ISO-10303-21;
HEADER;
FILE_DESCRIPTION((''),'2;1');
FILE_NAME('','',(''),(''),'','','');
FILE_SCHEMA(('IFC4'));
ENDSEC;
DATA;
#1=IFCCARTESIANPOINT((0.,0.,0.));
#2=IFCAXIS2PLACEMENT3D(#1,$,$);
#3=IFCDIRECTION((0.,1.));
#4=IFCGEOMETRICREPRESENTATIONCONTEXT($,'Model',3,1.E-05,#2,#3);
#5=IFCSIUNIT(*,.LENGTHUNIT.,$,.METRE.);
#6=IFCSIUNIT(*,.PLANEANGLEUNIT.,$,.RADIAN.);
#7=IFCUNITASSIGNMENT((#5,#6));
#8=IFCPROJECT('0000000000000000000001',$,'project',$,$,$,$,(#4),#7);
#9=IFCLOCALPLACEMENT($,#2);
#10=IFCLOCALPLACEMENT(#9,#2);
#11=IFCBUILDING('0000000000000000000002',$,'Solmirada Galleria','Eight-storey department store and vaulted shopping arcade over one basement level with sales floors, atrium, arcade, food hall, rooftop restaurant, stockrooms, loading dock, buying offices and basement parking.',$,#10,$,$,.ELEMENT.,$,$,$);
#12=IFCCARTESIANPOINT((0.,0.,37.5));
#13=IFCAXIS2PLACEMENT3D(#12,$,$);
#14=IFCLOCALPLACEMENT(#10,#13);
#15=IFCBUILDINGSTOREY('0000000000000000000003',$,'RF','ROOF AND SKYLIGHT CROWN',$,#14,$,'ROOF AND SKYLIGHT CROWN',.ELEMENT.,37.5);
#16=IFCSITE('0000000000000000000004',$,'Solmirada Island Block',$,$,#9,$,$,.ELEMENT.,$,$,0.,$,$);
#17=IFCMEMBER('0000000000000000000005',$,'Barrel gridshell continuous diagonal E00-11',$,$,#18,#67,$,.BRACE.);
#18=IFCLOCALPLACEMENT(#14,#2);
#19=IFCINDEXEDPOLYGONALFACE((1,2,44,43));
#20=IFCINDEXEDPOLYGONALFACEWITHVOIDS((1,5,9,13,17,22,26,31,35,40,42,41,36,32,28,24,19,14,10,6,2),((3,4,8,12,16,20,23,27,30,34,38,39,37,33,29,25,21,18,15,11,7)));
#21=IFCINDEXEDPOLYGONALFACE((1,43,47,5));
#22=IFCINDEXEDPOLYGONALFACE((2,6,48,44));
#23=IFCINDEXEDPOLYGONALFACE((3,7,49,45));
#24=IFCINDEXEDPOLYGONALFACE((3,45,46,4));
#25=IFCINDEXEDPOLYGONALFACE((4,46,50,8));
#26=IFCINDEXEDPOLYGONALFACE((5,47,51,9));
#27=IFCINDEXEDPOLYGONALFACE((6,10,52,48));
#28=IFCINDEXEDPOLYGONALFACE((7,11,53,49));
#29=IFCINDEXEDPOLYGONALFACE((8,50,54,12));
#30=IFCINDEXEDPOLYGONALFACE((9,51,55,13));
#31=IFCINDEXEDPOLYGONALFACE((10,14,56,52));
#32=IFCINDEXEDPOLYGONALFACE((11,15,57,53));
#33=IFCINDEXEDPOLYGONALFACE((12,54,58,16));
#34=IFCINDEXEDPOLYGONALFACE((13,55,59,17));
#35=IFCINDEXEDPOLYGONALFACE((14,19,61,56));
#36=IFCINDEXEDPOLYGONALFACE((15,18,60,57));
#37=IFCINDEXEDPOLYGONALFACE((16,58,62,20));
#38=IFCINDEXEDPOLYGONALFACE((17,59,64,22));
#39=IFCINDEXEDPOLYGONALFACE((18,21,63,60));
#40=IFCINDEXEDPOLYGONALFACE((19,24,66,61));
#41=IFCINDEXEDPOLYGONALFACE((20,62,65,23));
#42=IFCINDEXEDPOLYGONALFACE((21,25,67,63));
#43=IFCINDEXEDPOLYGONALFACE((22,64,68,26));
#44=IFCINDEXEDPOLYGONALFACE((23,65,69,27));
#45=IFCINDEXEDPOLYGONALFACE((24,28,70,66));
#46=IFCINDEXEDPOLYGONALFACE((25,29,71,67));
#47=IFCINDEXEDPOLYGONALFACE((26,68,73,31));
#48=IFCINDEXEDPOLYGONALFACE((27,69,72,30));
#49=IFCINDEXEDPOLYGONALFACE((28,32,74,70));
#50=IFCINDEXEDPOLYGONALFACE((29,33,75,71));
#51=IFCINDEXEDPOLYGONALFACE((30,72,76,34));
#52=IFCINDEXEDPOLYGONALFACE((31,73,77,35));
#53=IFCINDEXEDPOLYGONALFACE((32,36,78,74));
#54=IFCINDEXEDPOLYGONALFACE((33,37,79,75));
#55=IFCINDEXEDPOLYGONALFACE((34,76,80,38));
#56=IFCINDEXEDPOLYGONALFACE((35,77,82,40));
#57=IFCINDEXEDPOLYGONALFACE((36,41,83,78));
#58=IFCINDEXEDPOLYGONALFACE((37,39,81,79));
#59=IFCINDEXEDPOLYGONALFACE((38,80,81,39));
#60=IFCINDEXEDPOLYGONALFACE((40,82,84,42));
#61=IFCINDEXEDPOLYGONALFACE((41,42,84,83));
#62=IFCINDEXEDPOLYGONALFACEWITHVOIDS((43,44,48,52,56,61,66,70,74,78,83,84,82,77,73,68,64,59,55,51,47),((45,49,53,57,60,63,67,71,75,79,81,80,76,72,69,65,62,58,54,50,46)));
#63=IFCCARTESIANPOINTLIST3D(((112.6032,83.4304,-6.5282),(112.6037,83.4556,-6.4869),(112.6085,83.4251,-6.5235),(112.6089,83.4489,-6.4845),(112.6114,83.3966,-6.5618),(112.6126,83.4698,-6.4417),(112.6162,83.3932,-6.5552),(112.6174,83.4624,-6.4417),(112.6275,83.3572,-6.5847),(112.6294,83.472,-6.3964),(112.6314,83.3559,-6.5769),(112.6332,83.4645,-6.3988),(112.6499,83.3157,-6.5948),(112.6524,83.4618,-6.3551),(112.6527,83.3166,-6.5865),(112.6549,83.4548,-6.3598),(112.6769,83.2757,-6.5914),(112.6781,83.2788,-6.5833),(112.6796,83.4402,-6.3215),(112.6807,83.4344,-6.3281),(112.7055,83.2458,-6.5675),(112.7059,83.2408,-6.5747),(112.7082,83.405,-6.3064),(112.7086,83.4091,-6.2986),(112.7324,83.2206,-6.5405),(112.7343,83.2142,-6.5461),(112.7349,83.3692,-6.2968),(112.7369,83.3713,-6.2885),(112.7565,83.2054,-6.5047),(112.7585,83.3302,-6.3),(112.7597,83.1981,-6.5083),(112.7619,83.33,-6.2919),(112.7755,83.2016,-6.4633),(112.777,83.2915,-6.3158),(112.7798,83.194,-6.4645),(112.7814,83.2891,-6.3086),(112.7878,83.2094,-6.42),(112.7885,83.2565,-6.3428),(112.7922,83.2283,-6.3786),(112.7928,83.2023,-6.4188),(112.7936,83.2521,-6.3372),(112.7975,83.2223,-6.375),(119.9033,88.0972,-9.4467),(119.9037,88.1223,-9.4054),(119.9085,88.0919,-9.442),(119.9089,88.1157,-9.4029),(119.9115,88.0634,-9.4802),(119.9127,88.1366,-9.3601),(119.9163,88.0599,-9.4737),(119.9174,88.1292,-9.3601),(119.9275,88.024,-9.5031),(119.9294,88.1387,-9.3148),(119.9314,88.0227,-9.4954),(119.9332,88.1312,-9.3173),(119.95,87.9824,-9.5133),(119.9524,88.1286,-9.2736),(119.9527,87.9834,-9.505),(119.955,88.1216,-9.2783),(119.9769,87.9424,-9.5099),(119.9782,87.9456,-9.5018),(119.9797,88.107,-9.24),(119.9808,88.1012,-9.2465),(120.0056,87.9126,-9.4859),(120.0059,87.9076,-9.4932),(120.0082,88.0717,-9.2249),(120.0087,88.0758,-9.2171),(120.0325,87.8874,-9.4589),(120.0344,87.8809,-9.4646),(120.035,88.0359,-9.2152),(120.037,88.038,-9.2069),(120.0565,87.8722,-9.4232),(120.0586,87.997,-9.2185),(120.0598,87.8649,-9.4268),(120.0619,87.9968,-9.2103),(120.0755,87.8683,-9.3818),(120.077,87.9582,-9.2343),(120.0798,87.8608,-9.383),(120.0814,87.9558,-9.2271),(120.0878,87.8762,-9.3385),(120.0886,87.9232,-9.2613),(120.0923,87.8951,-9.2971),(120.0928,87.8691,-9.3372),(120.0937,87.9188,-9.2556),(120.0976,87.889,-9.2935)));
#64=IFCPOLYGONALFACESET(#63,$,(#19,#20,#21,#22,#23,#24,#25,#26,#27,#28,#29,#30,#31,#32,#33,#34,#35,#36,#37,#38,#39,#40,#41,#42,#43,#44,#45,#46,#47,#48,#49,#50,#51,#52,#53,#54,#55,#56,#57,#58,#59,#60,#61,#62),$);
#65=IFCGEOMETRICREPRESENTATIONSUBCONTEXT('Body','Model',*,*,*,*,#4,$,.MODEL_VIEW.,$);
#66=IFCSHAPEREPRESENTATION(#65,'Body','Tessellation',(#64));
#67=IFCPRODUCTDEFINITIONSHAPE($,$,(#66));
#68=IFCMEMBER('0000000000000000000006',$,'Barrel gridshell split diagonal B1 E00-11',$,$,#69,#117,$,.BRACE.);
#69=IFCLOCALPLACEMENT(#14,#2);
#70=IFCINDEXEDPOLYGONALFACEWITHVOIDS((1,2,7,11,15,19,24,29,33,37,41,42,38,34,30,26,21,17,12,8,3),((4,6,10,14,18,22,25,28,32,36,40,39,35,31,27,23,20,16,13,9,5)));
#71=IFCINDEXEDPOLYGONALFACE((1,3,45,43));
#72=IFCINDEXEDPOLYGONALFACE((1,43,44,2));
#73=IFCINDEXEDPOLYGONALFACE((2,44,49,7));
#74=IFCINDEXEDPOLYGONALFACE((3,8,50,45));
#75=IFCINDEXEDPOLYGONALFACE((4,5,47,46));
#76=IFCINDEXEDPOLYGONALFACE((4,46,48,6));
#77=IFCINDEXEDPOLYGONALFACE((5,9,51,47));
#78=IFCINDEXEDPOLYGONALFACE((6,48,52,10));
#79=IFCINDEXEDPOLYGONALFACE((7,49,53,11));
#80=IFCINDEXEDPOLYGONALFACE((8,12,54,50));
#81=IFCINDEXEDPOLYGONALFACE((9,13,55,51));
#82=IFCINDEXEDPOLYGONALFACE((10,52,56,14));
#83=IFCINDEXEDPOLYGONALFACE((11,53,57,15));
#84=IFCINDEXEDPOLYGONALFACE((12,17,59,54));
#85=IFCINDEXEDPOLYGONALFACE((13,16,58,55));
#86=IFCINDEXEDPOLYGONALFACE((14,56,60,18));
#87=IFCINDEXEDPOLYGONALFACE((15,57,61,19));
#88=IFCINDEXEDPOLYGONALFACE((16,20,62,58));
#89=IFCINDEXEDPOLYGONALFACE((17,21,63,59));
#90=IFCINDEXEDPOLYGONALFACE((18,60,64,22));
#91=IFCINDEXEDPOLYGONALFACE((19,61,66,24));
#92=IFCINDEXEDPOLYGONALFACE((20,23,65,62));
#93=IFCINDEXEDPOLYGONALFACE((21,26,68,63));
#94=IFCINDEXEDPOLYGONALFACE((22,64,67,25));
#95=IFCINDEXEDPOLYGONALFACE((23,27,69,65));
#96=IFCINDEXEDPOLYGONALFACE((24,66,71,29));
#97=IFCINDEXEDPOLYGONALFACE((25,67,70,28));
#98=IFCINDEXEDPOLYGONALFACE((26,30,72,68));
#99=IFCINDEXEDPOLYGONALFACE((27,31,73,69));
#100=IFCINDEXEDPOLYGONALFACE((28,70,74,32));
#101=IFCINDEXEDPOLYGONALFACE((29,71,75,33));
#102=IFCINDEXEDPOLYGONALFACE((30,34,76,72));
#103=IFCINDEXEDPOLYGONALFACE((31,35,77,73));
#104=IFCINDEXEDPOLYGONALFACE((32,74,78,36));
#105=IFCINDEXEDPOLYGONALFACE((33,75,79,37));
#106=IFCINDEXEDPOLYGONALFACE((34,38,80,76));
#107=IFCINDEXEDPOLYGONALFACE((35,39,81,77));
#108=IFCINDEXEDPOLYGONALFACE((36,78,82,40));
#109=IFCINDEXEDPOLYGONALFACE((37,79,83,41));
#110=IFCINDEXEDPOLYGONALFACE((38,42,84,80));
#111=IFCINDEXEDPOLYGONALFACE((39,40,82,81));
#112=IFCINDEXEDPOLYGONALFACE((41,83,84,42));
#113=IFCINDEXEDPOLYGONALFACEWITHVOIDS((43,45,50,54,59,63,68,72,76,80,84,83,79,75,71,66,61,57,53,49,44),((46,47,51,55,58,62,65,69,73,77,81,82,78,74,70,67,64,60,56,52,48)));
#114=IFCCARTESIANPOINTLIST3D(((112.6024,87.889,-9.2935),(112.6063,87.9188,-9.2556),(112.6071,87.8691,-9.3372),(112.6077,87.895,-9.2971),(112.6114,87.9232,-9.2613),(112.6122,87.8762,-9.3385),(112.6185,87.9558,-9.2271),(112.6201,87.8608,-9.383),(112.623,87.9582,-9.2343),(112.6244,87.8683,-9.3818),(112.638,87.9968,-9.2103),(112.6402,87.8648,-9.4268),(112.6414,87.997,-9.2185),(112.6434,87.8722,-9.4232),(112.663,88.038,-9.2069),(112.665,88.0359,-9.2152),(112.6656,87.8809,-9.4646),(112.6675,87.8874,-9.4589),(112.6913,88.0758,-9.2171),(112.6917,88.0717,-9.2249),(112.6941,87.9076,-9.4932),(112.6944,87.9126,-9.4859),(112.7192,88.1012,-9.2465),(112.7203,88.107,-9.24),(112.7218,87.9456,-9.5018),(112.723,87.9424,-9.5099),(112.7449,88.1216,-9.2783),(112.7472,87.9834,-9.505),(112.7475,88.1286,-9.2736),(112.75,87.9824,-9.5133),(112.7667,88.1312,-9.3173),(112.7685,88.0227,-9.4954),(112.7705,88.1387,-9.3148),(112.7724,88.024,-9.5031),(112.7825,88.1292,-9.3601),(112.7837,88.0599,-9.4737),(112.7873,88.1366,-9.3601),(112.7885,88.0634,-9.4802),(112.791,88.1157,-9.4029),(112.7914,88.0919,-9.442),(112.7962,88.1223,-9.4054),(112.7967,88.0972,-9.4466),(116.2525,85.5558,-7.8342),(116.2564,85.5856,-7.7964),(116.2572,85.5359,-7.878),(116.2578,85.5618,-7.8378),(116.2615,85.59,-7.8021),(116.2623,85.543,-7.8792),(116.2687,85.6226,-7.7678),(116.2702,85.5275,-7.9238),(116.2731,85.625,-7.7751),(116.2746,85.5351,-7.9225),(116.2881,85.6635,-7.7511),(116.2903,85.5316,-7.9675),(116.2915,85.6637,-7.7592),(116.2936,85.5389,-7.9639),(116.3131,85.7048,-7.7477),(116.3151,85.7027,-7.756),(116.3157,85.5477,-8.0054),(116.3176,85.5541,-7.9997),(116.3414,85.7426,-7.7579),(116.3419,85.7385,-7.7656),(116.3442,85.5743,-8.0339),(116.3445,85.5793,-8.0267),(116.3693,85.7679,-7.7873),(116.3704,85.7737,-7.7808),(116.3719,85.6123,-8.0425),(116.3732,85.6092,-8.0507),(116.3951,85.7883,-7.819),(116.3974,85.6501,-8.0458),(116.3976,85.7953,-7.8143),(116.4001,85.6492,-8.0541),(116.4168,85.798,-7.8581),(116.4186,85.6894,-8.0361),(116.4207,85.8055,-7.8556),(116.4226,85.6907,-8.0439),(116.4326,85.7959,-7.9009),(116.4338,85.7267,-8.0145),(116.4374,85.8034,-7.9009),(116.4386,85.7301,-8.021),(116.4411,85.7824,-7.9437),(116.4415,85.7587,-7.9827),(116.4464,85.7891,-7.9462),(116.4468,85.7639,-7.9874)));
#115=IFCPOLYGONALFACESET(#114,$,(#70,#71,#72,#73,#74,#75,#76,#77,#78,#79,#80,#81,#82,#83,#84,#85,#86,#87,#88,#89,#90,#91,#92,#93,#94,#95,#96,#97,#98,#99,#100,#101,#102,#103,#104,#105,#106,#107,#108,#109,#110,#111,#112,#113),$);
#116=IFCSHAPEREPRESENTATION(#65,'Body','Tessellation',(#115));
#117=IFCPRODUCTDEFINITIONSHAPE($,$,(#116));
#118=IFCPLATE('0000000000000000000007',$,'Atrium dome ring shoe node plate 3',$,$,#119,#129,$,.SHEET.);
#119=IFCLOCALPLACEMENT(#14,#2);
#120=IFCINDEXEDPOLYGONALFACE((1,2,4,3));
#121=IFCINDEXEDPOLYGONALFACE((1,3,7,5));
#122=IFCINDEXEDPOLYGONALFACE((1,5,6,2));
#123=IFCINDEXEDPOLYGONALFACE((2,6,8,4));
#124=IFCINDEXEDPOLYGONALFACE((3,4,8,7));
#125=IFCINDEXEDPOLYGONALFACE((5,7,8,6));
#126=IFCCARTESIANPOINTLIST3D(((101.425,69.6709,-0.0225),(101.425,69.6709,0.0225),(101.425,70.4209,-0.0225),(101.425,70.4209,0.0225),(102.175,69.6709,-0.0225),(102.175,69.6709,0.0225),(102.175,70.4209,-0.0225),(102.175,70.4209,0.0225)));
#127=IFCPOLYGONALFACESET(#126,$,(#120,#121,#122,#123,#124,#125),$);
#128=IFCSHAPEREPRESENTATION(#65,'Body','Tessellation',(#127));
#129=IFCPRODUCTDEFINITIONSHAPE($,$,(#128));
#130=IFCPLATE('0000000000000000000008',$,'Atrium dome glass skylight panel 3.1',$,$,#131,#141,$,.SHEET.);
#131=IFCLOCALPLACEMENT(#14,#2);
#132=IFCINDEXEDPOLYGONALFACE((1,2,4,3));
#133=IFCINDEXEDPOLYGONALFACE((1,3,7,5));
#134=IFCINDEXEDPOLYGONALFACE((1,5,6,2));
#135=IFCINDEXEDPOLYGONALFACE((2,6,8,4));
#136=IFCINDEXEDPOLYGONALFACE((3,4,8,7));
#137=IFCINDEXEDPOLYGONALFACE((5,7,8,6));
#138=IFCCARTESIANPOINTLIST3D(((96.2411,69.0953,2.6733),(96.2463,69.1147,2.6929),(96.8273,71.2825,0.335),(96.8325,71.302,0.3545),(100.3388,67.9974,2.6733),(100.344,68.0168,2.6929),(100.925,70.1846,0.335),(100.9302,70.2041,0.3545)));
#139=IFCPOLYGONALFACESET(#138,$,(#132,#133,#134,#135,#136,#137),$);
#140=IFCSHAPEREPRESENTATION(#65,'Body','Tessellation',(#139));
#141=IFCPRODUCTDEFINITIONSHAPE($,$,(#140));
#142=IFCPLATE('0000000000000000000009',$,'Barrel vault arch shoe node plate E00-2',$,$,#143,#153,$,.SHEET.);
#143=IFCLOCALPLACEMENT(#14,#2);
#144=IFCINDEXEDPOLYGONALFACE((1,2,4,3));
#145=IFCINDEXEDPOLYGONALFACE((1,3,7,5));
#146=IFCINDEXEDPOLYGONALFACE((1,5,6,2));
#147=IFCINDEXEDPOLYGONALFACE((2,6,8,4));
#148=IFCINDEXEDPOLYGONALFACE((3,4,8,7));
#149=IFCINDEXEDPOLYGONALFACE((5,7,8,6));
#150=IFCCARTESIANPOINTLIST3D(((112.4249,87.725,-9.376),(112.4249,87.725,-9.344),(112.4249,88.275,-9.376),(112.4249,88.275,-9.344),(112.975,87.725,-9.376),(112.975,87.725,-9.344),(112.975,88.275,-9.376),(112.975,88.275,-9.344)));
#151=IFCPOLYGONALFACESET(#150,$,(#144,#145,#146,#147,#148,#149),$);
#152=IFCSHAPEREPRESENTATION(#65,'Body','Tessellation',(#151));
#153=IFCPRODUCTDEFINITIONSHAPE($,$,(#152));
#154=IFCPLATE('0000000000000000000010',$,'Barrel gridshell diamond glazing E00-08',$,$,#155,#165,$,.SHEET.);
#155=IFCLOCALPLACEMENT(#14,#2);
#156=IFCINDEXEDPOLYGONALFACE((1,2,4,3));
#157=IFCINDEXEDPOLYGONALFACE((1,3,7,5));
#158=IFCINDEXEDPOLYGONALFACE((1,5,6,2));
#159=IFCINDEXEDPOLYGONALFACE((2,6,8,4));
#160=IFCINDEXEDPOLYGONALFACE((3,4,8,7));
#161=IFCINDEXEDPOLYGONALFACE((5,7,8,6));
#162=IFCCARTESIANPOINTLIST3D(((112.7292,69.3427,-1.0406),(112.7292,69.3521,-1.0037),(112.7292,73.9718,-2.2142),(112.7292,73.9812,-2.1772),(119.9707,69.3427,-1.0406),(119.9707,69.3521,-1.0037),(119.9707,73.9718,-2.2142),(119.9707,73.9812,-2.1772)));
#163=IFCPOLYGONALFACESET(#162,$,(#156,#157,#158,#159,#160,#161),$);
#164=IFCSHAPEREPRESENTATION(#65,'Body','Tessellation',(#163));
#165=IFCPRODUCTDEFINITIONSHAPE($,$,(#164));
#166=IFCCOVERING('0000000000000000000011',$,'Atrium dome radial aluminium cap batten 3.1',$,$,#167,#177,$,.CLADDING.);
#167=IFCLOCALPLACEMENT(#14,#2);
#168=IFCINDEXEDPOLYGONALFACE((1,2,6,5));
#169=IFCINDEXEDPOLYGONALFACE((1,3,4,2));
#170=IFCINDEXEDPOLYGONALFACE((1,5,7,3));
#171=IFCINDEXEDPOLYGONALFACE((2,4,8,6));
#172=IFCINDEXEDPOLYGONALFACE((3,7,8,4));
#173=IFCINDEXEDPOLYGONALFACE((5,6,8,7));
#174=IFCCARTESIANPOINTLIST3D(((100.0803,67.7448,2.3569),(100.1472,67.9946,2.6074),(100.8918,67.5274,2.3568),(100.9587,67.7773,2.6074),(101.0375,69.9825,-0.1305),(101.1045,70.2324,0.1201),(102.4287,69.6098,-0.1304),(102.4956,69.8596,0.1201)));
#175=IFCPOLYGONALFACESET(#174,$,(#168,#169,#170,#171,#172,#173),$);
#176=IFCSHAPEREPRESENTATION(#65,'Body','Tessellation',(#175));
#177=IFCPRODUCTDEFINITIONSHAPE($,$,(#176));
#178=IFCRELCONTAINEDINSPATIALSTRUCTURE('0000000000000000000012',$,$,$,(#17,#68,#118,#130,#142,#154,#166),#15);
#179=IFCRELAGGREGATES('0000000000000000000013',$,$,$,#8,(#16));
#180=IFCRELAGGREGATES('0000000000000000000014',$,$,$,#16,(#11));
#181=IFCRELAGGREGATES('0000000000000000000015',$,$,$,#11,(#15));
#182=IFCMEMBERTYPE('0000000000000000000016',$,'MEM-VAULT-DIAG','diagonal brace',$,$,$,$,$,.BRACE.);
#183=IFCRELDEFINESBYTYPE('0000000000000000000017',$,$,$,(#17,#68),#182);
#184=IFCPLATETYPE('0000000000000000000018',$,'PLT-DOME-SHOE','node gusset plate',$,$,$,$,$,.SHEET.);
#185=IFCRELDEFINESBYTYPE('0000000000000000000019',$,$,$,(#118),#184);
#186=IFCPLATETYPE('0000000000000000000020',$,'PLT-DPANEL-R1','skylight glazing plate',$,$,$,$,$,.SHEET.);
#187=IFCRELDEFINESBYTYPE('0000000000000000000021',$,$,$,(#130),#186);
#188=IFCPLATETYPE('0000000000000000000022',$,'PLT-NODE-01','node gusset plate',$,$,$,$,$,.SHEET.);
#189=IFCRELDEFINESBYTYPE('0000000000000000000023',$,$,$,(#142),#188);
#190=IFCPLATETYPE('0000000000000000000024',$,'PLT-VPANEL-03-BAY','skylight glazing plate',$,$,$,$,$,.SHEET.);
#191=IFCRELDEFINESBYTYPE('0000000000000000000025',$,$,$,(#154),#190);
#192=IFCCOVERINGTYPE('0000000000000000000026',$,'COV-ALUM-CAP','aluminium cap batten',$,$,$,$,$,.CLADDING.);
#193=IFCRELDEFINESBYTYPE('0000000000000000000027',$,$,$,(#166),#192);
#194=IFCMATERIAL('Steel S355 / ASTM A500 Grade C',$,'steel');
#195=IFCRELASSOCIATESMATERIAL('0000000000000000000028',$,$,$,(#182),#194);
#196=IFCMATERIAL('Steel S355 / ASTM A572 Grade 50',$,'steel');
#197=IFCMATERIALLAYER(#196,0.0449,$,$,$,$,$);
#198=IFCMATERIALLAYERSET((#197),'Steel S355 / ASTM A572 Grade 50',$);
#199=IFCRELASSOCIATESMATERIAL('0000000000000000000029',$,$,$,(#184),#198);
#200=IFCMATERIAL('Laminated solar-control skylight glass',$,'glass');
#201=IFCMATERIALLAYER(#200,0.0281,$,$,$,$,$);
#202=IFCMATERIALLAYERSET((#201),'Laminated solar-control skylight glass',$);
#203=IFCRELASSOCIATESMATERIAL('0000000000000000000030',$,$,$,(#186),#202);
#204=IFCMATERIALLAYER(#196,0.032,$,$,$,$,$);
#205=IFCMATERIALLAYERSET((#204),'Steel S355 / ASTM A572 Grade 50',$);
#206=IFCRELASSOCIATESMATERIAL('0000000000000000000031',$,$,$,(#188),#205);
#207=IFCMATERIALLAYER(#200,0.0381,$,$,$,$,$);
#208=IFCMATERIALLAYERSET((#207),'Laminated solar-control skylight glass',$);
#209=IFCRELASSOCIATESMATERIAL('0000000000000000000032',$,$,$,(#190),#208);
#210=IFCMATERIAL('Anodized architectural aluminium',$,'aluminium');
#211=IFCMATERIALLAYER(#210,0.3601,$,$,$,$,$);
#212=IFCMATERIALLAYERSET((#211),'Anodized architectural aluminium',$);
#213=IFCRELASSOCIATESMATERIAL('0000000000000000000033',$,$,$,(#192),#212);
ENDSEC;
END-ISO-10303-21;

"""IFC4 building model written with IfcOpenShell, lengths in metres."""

from ifc_helpers import new_model, si_unit, direction, frame, origin, origin_2d, place, context, subcontext, project, spatial, polyline, rectangle, hollow_circle, outline, extrude, material, layer, layer_set, material_profile, profile_set, type_object, element, save


model = new_model("IFC4")

# Units and contexts
model_context = context("Model", 3, precision=1e-05, world=origin(), true_north=direction((0.0, 1.0)))
body_context = subcontext(model_context, "Body", "Model", "MODEL_VIEW")
ifc_project = project(units=[si_unit("LENGTHUNIT", "METRE"), si_unit("PLANEANGLEUNIT", "RADIAN")], contexts=[model_context])

# Site, building, storey
site_placement = place(None, origin())
site = spatial("IfcSite", under=ifc_project, at=site_placement, Name="Solmirada Island Block", CompositionType="ELEMENT", RefElevation=0.0)
building_placement = place(site_placement, origin())
building = spatial("IfcBuilding", under=site, at=building_placement, Name="Solmirada Galleria", Description="Eight-storey department store and vaulted shopping arcade over one basement level with sales floors, atrium, arcade, food hall, rooftop restaurant, stockrooms, loading dock, buying offices and basement parking.", CompositionType="ELEMENT")
storey_placement = place(building_placement, frame((0.0, 0.0, 37.5)))
storey = spatial("IfcBuildingStorey", under=building, at=storey_placement, Name="RF", Description="ROOF AND SKYLIGHT CROWN", LongName="ROOF AND SKYLIGHT CROWN", CompositionType="ELEMENT", Elevation=37.5)

# Members
ifc_material_1 = material(Name="Steel S355 / ASTM A500 Grade C", Category="steel")
ifc_material_profile_1 = material_profile(ifc_material_1, hollow_circle(Radius=0.1621, WallThickness=0.0088, at=origin_2d()), Name="HSS12.750X0.375")
ifc_profile_set_1 = profile_set([ifc_material_profile_1], Name="Steel S355 / ASTM A500 Grade C")
member_type_1 = type_object("IfcMemberType", Name="MEM-VAULT-DIAG", Description="diagonal brace", PredefinedType="BRACE", material=ifc_profile_set_1)
member_1_placement = place(storey_placement, frame((112.7, 83.3333, -6.4417), z_axis=(0.798468, 0.510441, -0.319216), x_axis=(-0.538621, 0.842548, 0.0)))
element("IfcMember", 1, at=member_1_placement, inside=storey, type_object=member_type_1, Name="Barrel gridshell continuous diagonal E00-11", PredefinedType="BRACE", context=body_context, shape_type="SweptSolid", body=[
    extrude(hollow_circle(Radius=0.1621, WallThickness=0.0088, at=origin_2d()), origin(), (0.0, 0.0, 1.0), 9.1426),
])
member_2_placement = place(storey_placement, frame((112.7, 88.0, -9.3601), z_axis=(0.798488, -0.510411, 0.319214), x_axis=(0.538588, 0.842569, 0.0)))
element("IfcMember", 2, at=member_2_placement, inside=storey, type_object=member_type_1, Name="Barrel gridshell split diagonal B1 E00-11", PredefinedType="BRACE", context=body_context, shape_type="SweptSolid", body=[
    extrude(hollow_circle(Radius=0.1621, WallThickness=0.0088, at=origin_2d()), origin(), (0.0, 0.0, 1.0), 4.5713),
])

# Plates
ifc_material_2 = material(Name="Steel S355 / ASTM A572 Grade 50", Category="steel")
ifc_layer_1 = layer(ifc_material_2, 0.0449)
ifc_layer_set_1 = layer_set([ifc_layer_1], Name="Steel S355 / ASTM A572 Grade 50")
plate_type_1 = type_object("IfcPlateType", Name="PLT-DOME-SHOE", Description="node gusset plate", PredefinedType="SHEET", material=ifc_layer_set_1)
plate_1_placement = place(storey_placement, frame((101.8, 70.0459, -0.0225), z_axis=(0.0, 0.0, 1.0), x_axis=(1.0, 0.0, 0.0)))
element("IfcPlate", 3, at=plate_1_placement, inside=storey, type_object=plate_type_1, Name="Atrium dome ring shoe node plate 3", PredefinedType="SHEET", context=body_context, shape_type="SweptSolid", body=[
    extrude(rectangle(XDim=0.75, YDim=0.75, at=origin_2d()), origin(), (0.0, 0.0, 1.0), 0.0449),
])
ifc_material_3 = material(Name="Laminated solar-control skylight glass", Category="glass")
ifc_layer_2 = layer(ifc_material_3, 0.0281)
ifc_layer_set_2 = layer_set([ifc_layer_2], Name="Laminated solar-control skylight glass")
plate_type_2 = type_object("IfcPlateType", Name="PLT-DPANEL-R1", Description="skylight glazing plate", PredefinedType="SHEET", material=ifc_layer_set_2)
plate_2_placement = place(storey_placement, frame((100.9302, 70.2041, 0.3545), z_axis=(0.185919, 0.693897, 0.695658), x_axis=(-0.96593, 0.258805, 0.0)))
element("IfcPlate", 4, at=plate_2_placement, inside=storey, type_object=plate_type_2, Name="Atrium dome glass skylight panel 3.1", PredefinedType="SHEET", context=body_context, shape_type="SweptSolid", body=[
    extrude(outline(polyline([(0.0, 0.0), (4.2422, 0.0), (4.2423, 3.2551), (0.0001, 3.2551), (0.0, 0.0)])), origin(), (0.0, 0.0, -1.0), 0.0281),
])
ifc_layer_3 = layer(ifc_material_2, 0.032)
ifc_layer_set_3 = layer_set([ifc_layer_3], Name="Steel S355 / ASTM A572 Grade 50")
plate_type_3 = type_object("IfcPlateType", Name="PLT-NODE-01", Description="node gusset plate", PredefinedType="SHEET", material=ifc_layer_set_3)
plate_3_placement = place(storey_placement, frame((112.7, 88.0, -9.376), z_axis=(0.0, 0.0, 1.0), x_axis=(1.0, 0.0, 0.0)))
element("IfcPlate", 5, at=plate_3_placement, inside=storey, type_object=plate_type_3, Name="Barrel vault arch shoe node plate E00-2", PredefinedType="SHEET", context=body_context, shape_type="SweptSolid", body=[
    extrude(rectangle(XDim=0.55, YDim=0.55, at=origin_2d()), origin(), (0.0, 0.0, 1.0), 0.032),
])
ifc_layer_4 = layer(ifc_material_3, 0.0381)
ifc_layer_set_4 = layer_set([ifc_layer_4], Name="Laminated solar-control skylight glass")
plate_type_4 = type_object("IfcPlateType", Name="PLT-VPANEL-03-BAY", Description="skylight glazing plate", PredefinedType="SHEET", material=ifc_layer_set_4)
plate_4_placement = place(storey_placement, frame((112.7292, 69.3521, -1.0037), z_axis=(0.0, 0.245746, 0.969334), x_axis=(1.0, 0.0, 0.0)))
element("IfcPlate", 6, at=plate_4_placement, inside=storey, type_object=plate_type_4, Name="Barrel gridshell diamond glazing E00-08", PredefinedType="SHEET", context=body_context, shape_type="SweptSolid", body=[
    extrude(outline(polyline([(0.0, 0.0), (7.2415, 0.0), (7.2415, 4.7756), (0.0, 4.7756), (0.0, 0.0)])), origin(), (0.0, 0.0, -1.0), 0.0381),
])

# Covering
ifc_material_4 = material(Name="Anodized architectural aluminium", Category="aluminium")
ifc_layer_5 = layer(ifc_material_4, 0.3601)
ifc_layer_set_5 = layer_set([ifc_layer_5], Name="Anodized architectural aluminium")
covering_type = type_object("IfcCoveringType", Name="COV-ALUM-CAP", Description="aluminium cap batten", PredefinedType="CLADDING", material=ifc_layer_set_5)
covering_placement = place(storey_placement, frame((102.4956, 69.8596, 0.1201), z_axis=(0.185878, 0.693832, 0.695735), x_axis=(-0.965927, 0.258814, -0.000041)))
element("IfcCovering", 7, at=covering_placement, inside=storey, type_object=covering_type, Name="Atrium dome radial aluminium cap batten 3.1", PredefinedType="CLADDING", context=body_context, shape_type="SweptSolid", body=[
    extrude(outline(polyline([(0.0, 0.0), (1.4402, 0.0), (1.7856, 3.4629), (0.9455, 3.4627), (0.0, 0.0)])), origin(), (0.0, 0.0, -1.0), 0.3601),
])

save(model, "model.ifc")
